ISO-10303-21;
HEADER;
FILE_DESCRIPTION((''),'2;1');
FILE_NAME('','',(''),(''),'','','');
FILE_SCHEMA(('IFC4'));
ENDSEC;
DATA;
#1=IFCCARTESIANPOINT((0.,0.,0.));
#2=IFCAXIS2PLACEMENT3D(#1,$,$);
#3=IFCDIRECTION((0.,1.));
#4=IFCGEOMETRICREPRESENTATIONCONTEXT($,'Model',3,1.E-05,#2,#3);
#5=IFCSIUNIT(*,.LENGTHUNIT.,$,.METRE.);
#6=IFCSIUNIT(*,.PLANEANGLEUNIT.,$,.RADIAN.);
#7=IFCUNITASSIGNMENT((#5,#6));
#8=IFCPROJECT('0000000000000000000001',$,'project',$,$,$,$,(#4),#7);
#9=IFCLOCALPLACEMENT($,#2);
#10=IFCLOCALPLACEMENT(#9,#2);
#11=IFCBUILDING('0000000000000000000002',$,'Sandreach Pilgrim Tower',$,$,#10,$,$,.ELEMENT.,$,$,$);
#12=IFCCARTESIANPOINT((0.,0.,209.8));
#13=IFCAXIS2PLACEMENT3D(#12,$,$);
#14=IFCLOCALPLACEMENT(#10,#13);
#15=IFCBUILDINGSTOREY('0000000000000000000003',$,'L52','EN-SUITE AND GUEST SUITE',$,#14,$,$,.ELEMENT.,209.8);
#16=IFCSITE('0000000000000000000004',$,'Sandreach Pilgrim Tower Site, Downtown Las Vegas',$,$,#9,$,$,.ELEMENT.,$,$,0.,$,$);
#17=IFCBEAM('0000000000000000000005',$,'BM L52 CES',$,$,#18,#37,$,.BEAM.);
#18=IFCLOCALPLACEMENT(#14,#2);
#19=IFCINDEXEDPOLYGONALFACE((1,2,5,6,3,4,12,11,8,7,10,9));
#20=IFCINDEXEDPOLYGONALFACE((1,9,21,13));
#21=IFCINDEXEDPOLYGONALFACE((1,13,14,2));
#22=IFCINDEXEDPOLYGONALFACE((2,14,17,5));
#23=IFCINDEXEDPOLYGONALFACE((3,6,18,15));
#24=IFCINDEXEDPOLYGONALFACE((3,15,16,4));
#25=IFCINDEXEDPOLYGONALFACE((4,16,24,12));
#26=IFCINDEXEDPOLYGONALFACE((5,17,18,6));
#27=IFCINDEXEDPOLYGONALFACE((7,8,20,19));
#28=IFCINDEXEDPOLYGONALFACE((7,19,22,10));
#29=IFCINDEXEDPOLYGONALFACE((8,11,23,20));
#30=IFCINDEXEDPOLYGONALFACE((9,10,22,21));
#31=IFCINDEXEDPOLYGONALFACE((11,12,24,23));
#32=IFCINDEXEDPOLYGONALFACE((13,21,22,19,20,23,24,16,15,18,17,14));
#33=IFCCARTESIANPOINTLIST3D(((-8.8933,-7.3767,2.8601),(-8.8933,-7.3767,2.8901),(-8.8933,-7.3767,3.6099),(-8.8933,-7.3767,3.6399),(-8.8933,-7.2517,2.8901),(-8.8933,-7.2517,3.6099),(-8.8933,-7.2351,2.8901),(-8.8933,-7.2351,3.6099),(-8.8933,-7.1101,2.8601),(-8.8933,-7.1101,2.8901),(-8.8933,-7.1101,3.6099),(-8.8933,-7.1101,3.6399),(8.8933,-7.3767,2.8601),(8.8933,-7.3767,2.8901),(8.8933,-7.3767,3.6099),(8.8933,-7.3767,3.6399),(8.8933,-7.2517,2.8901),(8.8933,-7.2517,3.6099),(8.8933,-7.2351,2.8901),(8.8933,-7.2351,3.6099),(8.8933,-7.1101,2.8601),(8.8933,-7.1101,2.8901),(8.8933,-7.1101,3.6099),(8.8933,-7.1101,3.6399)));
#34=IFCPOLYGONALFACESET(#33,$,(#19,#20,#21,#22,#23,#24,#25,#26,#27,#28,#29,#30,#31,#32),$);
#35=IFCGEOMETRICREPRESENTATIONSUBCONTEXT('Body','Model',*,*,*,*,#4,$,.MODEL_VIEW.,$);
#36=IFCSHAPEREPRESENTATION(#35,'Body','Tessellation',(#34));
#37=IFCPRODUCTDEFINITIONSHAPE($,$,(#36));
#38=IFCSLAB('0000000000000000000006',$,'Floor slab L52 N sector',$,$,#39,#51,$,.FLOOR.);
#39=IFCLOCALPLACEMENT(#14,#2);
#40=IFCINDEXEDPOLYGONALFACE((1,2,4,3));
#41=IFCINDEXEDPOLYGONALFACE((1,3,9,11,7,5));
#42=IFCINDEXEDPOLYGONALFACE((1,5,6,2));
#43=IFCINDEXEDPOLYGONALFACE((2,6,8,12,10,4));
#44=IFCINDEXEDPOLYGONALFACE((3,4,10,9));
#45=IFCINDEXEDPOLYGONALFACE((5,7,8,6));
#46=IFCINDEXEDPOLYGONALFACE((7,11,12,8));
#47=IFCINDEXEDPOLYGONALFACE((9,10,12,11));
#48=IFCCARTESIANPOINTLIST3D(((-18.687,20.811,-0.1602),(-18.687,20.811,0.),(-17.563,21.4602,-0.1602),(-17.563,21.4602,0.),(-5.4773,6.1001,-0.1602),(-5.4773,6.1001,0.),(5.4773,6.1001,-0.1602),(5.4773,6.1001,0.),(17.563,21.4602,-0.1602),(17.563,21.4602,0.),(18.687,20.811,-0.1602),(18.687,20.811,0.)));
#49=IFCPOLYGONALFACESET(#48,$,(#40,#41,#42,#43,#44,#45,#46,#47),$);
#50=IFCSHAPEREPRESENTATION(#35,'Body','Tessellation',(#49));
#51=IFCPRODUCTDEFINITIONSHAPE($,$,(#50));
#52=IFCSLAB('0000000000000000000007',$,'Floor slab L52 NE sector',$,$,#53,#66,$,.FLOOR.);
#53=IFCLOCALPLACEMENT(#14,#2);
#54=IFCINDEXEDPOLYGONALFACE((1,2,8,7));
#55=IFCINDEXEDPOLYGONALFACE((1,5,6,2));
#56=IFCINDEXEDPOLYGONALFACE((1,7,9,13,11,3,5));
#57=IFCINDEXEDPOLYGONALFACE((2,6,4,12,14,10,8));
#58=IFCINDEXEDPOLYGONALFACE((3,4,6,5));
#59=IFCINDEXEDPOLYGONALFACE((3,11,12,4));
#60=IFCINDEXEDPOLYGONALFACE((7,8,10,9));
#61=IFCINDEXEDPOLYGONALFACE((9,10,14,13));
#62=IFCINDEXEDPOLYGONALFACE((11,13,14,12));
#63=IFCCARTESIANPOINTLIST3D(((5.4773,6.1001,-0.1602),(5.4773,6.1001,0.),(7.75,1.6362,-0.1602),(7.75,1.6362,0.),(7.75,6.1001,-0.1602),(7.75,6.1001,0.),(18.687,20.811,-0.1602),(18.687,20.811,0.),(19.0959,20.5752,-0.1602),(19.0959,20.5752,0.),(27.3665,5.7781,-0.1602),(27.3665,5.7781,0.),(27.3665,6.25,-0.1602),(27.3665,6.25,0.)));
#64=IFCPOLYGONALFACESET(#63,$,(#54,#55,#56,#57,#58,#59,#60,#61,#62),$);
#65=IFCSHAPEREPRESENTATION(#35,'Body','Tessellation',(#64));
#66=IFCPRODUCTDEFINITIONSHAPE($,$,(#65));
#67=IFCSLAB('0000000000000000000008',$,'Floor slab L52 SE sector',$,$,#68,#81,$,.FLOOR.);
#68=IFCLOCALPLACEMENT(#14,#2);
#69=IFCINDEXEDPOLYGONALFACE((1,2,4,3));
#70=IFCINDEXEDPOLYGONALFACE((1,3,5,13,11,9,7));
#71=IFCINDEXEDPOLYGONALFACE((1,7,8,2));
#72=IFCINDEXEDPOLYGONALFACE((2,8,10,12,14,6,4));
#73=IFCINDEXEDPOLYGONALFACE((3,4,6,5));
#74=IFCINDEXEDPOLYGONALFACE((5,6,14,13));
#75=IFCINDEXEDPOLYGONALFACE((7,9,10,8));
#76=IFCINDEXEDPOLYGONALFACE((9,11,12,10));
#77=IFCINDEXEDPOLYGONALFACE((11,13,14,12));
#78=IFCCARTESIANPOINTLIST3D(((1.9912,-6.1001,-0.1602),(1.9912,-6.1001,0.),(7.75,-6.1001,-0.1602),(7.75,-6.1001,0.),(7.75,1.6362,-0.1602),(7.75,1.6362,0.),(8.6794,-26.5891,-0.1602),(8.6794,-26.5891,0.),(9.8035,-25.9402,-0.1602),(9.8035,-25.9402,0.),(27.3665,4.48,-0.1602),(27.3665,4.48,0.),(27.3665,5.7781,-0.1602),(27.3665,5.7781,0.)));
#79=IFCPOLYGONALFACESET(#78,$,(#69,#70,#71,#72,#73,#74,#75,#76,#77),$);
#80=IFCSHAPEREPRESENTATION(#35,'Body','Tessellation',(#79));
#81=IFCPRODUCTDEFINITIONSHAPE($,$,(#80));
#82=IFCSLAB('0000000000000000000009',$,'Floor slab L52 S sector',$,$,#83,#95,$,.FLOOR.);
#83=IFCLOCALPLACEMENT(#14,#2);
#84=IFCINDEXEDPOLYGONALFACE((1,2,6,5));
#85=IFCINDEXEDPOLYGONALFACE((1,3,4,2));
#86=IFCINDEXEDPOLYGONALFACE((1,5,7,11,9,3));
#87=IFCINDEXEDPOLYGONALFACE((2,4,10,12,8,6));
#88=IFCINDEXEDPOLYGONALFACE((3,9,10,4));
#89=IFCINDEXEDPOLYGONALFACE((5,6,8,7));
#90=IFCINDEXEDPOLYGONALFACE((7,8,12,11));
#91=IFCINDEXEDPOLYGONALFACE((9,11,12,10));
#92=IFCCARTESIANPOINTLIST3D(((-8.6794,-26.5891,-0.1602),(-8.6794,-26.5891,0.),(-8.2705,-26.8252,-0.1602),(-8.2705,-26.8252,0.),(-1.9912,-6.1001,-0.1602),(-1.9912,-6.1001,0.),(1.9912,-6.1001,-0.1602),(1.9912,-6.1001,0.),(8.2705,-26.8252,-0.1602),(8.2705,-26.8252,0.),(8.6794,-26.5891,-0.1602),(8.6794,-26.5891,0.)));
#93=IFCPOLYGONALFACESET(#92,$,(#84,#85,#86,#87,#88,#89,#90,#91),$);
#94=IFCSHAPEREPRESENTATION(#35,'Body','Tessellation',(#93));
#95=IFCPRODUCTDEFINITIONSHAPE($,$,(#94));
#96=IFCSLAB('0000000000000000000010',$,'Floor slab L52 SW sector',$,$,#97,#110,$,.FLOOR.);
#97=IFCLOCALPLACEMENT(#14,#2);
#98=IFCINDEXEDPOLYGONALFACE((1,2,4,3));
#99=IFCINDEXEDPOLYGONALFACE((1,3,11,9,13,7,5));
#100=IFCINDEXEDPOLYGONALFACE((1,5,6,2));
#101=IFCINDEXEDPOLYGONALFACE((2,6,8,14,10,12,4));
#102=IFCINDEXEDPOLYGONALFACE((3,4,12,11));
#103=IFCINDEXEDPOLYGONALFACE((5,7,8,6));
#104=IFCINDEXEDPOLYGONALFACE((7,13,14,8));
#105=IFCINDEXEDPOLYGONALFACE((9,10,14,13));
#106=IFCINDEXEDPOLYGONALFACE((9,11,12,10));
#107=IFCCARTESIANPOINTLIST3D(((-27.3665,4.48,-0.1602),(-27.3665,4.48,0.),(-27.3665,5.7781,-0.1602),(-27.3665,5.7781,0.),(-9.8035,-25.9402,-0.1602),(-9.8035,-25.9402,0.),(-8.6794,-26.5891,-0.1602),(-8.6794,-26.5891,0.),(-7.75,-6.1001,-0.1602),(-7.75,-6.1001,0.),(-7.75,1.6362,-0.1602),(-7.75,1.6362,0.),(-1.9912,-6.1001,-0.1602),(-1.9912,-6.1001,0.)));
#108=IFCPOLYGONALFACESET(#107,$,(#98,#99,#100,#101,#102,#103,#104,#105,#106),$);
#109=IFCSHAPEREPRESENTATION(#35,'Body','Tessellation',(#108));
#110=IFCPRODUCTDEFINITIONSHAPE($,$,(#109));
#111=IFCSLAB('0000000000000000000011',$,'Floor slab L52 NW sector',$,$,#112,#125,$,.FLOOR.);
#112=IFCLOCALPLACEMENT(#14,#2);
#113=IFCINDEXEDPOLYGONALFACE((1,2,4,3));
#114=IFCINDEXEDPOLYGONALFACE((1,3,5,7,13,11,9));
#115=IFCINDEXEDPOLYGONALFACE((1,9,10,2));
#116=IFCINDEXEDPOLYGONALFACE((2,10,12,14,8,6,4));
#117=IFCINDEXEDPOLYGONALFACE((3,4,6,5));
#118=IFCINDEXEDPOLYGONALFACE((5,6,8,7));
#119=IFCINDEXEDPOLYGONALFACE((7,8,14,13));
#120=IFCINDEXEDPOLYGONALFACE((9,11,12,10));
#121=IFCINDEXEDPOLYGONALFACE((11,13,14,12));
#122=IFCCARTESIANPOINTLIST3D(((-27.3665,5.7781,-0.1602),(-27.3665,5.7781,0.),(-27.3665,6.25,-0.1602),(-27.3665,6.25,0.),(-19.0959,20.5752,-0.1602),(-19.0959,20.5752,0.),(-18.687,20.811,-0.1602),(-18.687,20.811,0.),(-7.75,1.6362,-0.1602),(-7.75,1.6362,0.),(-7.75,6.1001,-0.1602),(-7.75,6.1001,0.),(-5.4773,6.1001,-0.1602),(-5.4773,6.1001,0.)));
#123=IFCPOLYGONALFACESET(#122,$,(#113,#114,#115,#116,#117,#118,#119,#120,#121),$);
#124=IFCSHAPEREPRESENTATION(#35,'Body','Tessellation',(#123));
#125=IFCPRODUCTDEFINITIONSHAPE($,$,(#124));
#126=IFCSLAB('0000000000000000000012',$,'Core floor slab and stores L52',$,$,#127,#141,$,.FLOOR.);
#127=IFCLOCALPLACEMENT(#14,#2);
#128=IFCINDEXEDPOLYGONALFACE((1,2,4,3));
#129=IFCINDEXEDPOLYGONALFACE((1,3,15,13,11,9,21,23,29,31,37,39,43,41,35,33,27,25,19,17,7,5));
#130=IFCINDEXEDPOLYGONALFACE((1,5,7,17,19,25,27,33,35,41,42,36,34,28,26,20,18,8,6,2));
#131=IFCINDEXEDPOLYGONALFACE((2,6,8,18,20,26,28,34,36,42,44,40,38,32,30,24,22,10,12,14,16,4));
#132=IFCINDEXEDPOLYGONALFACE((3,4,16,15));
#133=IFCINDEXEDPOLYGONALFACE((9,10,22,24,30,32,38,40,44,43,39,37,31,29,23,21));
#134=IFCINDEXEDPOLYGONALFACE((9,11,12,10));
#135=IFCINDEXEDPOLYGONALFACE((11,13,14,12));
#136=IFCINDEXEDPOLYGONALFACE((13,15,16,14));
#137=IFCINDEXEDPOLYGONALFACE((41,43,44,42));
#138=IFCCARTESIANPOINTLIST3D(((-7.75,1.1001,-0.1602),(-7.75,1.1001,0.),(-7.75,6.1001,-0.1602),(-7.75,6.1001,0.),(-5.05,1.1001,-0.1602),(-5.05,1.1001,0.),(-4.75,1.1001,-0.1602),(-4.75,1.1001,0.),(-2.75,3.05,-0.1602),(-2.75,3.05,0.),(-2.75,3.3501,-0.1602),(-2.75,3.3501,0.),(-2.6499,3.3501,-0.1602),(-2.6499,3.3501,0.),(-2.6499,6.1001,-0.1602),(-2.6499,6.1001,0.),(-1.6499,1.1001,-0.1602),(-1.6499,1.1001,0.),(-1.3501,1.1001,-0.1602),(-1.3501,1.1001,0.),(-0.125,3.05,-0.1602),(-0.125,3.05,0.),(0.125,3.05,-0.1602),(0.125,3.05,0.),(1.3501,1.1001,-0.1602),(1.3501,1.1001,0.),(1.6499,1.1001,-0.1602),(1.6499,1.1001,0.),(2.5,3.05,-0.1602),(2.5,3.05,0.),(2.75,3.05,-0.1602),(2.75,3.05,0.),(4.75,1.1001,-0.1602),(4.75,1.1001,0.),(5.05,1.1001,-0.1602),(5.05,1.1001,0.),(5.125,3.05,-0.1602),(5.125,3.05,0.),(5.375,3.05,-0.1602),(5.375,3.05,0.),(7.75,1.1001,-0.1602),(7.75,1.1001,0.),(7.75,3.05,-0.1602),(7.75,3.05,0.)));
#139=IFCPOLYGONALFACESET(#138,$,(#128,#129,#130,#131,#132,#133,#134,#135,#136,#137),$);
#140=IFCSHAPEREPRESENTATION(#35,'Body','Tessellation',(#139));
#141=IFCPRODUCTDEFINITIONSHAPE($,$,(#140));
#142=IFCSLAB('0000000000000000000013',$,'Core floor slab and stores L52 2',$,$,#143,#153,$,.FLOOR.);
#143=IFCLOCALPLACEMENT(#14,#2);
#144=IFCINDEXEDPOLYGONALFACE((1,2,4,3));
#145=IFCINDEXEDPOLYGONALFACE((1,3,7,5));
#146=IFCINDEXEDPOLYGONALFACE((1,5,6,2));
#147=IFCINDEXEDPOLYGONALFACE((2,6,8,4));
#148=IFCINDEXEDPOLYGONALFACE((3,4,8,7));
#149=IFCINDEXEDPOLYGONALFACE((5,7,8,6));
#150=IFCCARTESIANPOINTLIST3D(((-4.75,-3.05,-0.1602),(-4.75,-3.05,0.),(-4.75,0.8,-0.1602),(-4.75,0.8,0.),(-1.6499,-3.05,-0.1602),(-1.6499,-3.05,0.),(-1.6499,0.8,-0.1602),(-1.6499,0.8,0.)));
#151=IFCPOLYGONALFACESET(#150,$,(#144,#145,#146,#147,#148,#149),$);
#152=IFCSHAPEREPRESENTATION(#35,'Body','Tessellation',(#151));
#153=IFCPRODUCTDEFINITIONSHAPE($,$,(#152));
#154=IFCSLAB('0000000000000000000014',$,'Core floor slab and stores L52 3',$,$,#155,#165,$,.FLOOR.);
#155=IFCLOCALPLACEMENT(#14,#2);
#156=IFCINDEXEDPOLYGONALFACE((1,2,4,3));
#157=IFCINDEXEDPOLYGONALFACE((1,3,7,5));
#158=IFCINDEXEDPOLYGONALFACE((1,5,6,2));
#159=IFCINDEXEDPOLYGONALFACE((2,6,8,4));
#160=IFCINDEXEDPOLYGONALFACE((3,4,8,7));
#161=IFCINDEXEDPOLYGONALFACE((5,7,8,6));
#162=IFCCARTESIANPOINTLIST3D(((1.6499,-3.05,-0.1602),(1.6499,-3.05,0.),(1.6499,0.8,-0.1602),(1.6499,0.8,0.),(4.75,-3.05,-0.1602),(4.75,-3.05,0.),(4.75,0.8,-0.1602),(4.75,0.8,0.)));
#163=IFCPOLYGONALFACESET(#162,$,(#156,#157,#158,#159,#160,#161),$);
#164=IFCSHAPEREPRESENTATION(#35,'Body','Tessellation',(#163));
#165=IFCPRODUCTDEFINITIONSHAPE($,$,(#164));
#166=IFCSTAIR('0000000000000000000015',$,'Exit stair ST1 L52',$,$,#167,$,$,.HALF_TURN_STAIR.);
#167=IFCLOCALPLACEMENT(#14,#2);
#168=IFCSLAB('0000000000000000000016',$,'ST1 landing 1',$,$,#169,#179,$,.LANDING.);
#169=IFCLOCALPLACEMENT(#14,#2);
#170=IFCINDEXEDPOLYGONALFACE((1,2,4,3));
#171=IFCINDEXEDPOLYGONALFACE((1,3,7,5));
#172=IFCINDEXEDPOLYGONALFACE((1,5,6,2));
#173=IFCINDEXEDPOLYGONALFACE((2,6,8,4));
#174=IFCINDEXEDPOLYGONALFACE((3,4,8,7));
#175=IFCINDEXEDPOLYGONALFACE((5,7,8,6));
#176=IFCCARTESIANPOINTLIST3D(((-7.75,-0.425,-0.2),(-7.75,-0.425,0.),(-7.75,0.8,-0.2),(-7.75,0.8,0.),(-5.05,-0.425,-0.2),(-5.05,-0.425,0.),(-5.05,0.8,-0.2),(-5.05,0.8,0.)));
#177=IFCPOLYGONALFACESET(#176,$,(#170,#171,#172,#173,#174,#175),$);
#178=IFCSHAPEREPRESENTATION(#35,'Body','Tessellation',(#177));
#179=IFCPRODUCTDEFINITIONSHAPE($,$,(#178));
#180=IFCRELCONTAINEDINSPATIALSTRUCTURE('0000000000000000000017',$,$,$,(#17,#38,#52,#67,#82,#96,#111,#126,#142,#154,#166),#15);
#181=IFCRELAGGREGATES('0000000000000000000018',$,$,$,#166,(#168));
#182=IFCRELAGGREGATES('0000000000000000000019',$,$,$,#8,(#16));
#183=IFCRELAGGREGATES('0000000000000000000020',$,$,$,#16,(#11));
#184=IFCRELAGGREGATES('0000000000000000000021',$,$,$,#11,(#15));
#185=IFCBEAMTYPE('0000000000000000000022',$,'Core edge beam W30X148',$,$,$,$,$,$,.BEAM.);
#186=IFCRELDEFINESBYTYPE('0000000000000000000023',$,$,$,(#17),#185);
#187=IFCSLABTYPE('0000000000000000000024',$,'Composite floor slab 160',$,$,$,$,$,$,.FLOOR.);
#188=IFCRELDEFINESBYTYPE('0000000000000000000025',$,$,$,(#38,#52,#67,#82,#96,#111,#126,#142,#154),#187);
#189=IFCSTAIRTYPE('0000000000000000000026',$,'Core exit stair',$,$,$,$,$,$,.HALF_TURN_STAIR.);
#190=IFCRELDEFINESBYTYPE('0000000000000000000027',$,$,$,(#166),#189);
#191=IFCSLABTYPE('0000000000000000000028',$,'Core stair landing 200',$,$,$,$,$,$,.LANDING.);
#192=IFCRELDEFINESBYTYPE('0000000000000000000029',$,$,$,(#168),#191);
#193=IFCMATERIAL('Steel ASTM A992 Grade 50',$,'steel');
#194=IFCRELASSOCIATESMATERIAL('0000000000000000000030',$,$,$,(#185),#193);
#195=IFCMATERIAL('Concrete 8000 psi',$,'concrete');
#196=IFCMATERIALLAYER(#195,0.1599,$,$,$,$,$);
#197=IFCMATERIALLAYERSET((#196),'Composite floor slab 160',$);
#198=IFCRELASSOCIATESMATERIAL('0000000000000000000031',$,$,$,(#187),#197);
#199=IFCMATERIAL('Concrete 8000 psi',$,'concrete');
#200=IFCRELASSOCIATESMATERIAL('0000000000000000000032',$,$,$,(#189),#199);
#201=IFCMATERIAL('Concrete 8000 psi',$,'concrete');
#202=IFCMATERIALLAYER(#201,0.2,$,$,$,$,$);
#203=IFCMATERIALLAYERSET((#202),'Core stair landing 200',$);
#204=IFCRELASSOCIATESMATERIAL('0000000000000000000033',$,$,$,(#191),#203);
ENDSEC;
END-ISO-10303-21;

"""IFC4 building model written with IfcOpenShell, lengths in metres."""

from ifc_helpers import new_model, si_unit, direction, frame, origin, origin_2d, place, context, subcontext, project, spatial, polyline, i_section, outline, extrude, material, layer, layer_set, material_profile, profile_set, type_object, element, aggregate, save


model = new_model("IFC4")

# Units and contexts
model_context = context("Model", 3, precision=1e-05, world=origin(), true_north=direction((0.0, 1.0)))
body_context = subcontext(model_context, "Body", "Model", "MODEL_VIEW")
ifc_project = project(units=[si_unit("LENGTHUNIT", "METRE"), si_unit("PLANEANGLEUNIT", "RADIAN")], contexts=[model_context])

# Site, building, storey
site_placement = place(None, origin())
site = spatial("IfcSite", under=ifc_project, at=site_placement, Name="Sandreach Pilgrim Tower Site, Downtown Las Vegas", CompositionType="ELEMENT", RefElevation=0.0)
building_placement = place(site_placement, origin())
building = spatial("IfcBuilding", under=site, at=building_placement, Name="Sandreach Pilgrim Tower", CompositionType="ELEMENT")
storey_placement = place(building_placement, frame((0.0, 0.0, 209.8)))
storey = spatial("IfcBuildingStorey", under=building, at=storey_placement, Name="L52", Description="EN-SUITE AND GUEST SUITE", CompositionType="ELEMENT", Elevation=209.8)

# Beam
ifc_material_1 = material(Name="Steel ASTM A992 Grade 50", Category="steel")
ifc_material_profile = material_profile(ifc_material_1, i_section(OverallWidth=0.2666, OverallDepth=0.7798, WebThickness=0.0166, FlangeThickness=0.03, at=origin_2d()), Name="W30X148")
ifc_profile_set = profile_set([ifc_material_profile], Name="Steel ASTM A992 Grade 50")
beam_type = type_object("IfcBeamType", Name="Core edge beam W30X148", PredefinedType="BEAM", material=ifc_profile_set)
beam_placement = place(storey_placement, frame((8.8933, -7.2434, 3.25), z_axis=(-1.0, 0.0, 0.0), x_axis=(0.0, -1.0, 0.0)))
element("IfcBeam", 1, at=beam_placement, inside=storey, type_object=beam_type, Name="BM L52 CES", PredefinedType="BEAM", context=body_context, shape_type="SweptSolid", body=[
    extrude(i_section(OverallWidth=0.2666, OverallDepth=0.7798, WebThickness=0.0166, FlangeThickness=0.03, at=origin_2d()), origin(), (0.0, 0.0, 1.0), 17.7866),
])

# Slabs
ifc_material_2 = material(Name="Concrete 8000 psi", Category="concrete")
ifc_layer_1 = layer(ifc_material_2, 0.1599)
ifc_layer_set_1 = layer_set([ifc_layer_1], Name="Composite floor slab 160")
slab_type_1 = type_object("IfcSlabType", Name="Composite floor slab 160", PredefinedType="FLOOR", material=ifc_layer_set_1)
slab_1_placement = place(storey_placement, frame((0.0, 0.0, -0.1602)))
element("IfcSlab", 2, at=slab_1_placement, inside=storey, type_object=slab_type_1, Name="Floor slab L52 N sector", PredefinedType="FLOOR", context=body_context, shape_type="SweptSolid", body=[
    extrude(outline(polyline([(-17.563, 21.4602), (17.563, 21.4602), (18.687, 20.811), (5.4773, 6.1001), (-5.4773, 6.1001), (-18.687, 20.811), (-17.563, 21.4602)])), origin(), (0.0, 0.0, 1.0), 0.1602),
])
slab_2_placement = place(storey_placement, frame((0.0, 0.0, -0.1602)))
element("IfcSlab", 3, at=slab_2_placement, inside=storey, type_object=slab_type_1, Name="Floor slab L52 NE sector", PredefinedType="FLOOR", context=body_context, shape_type="SweptSolid", body=[
    extrude(outline(polyline([(19.0959, 20.5752), (27.3665, 6.25), (27.3665, 5.7781), (7.75, 1.6362), (7.75, 6.1001), (5.4773, 6.1001), (18.687, 20.811), (19.0959, 20.5752)])), origin(), (0.0, 0.0, 1.0), 0.1602),
])
slab_3_placement = place(storey_placement, frame((0.0, 0.0, -0.1602)))
element("IfcSlab", 4, at=slab_3_placement, inside=storey, type_object=slab_type_1, Name="Floor slab L52 SE sector", PredefinedType="FLOOR", context=body_context, shape_type="SweptSolid", body=[
    extrude(outline(polyline([(27.3665, 4.48), (9.8035, -25.9402), (8.6794, -26.5891), (1.9912, -6.1001), (7.75, -6.1001), (7.75, 1.6362), (27.3665, 5.7781), (27.3665, 4.48)])), origin(), (0.0, 0.0, 1.0), 0.1602),
])
slab_4_placement = place(storey_placement, frame((0.0, 0.0, -0.1602)))
element("IfcSlab", 5, at=slab_4_placement, inside=storey, type_object=slab_type_1, Name="Floor slab L52 S sector", PredefinedType="FLOOR", context=body_context, shape_type="SweptSolid", body=[
    extrude(outline(polyline([(8.2705, -26.8252), (-8.2705, -26.8252), (-8.6794, -26.5891), (-1.9912, -6.1001), (1.9912, -6.1001), (8.6794, -26.5891), (8.2705, -26.8252)])), origin(), (0.0, 0.0, 1.0), 0.1602),
])
slab_5_placement = place(storey_placement, frame((0.0, 0.0, -0.1602)))
element("IfcSlab", 6, at=slab_5_placement, inside=storey, type_object=slab_type_1, Name="Floor slab L52 SW sector", PredefinedType="FLOOR", context=body_context, shape_type="SweptSolid", body=[
    extrude(outline(polyline([(-9.8035, -25.9402), (-27.3665, 4.48), (-27.3665, 5.7781), (-7.75, 1.6362), (-7.75, -6.1001), (-1.9912, -6.1001), (-8.6794, -26.5891), (-9.8035, -25.9402)])), origin(), (0.0, 0.0, 1.0), 0.1602),
])
slab_6_placement = place(storey_placement, frame((0.0, 0.0, -0.1602)))
element("IfcSlab", 7, at=slab_6_placement, inside=storey, type_object=slab_type_1, Name="Floor slab L52 NW sector", PredefinedType="FLOOR", context=body_context, shape_type="SweptSolid", body=[
    extrude(outline(polyline([(-27.3665, 6.25), (-19.0959, 20.5752), (-18.687, 20.811), (-5.4773, 6.1001), (-7.75, 6.1001), (-7.75, 1.6362), (-27.3665, 5.7781), (-27.3665, 6.25)])), origin(), (0.0, 0.0, 1.0), 0.1602),
])
slab_7_placement = place(storey_placement, frame((0.0, 0.0, -0.1602)))
element("IfcSlab", 8, at=slab_7_placement, inside=storey, type_object=slab_type_1, Name="Core floor slab and stores L52", PredefinedType="FLOOR", context=body_context, shape_type="SweptSolid", body=[
    extrude(outline(polyline([(-2.75, 3.3501), (-2.75, 3.05), (-0.125, 3.05), (0.125, 3.05), (2.5, 3.05), (2.75, 3.05), (5.125, 3.05), (5.375, 3.05), (7.75, 3.05), (7.75, 1.1001), (5.05, 1.1001), (4.75, 1.1001), (1.6499, 1.1001), (1.3501, 1.1001), (-1.3501, 1.1001), (-1.6499, 1.1001), (-4.75, 1.1001), (-5.05, 1.1001), (-7.75, 1.1001), (-7.75, 6.1001), (-2.6499, 6.1001), (-2.6499, 3.3501), (-2.75, 3.3501)])), origin(), (0.0, 0.0, 1.0), 0.1602),
])
slab_8_placement = place(storey_placement, frame((0.0, 0.0, -0.1602)))
element("IfcSlab", 9, at=slab_8_placement, inside=storey, type_object=slab_type_1, Name="Core floor slab and stores L52 2", PredefinedType="FLOOR", context=body_context, shape_type="SweptSolid", body=[
    extrude(outline(polyline([(-1.6499, -3.05), (-4.75, -3.05), (-4.75, 0.8), (-1.6499, 0.8), (-1.6499, -3.05)])), origin(), (0.0, 0.0, 1.0), 0.1602),
])
slab_9_placement = place(storey_placement, frame((0.0, 0.0, -0.1602)))
element("IfcSlab", 10, at=slab_9_placement, inside=storey, type_object=slab_type_1, Name="Core floor slab and stores L52 3", PredefinedType="FLOOR", context=body_context, shape_type="SweptSolid", body=[
    extrude(outline(polyline([(4.75, -3.05), (1.6499, -3.05), (1.6499, 0.8), (4.75, 0.8), (4.75, -3.05)])), origin(), (0.0, 0.0, 1.0), 0.1602),
])

# Stair, slab
ifc_material_3 = material(Name="Concrete 8000 psi", Category="concrete")
stair_type = type_object("IfcStairType", Name="Core exit stair", PredefinedType="HALF_TURN_STAIR", material=ifc_material_3)
stair_1_placement = place(storey_placement, origin())
stair_1 = element("IfcStair", 11, at=stair_1_placement, inside=storey, type_object=stair_type, Name="Exit stair ST1 L52", PredefinedType="HALF_TURN_STAIR")
ifc_material_4 = material(Name="Concrete 8000 psi", Category="concrete")
ifc_layer_2 = layer(ifc_material_4, 0.2)
ifc_layer_set_2 = layer_set([ifc_layer_2], Name="Core stair landing 200")
slab_type_2 = type_object("IfcSlabType", Name="Core stair landing 200", PredefinedType="LANDING", material=ifc_layer_set_2)
slab_10_placement = place(storey_placement, frame((0.0, 0.0, -0.2)))
slab_10 = element("IfcSlab", 12, at=slab_10_placement, type_object=slab_type_2, Name="ST1 landing 1", PredefinedType="LANDING", context=body_context, shape_type="SweptSolid", body=[
    extrude(outline(polyline([(-7.75, -0.425), (-5.05, -0.425), (-5.05, 0.8), (-7.75, 0.8), (-7.75, -0.425)])), origin(), (0.0, 0.0, 1.0), 0.2),
])
aggregate(stair_1, [slab_10])

save(model, "model.ifc")
